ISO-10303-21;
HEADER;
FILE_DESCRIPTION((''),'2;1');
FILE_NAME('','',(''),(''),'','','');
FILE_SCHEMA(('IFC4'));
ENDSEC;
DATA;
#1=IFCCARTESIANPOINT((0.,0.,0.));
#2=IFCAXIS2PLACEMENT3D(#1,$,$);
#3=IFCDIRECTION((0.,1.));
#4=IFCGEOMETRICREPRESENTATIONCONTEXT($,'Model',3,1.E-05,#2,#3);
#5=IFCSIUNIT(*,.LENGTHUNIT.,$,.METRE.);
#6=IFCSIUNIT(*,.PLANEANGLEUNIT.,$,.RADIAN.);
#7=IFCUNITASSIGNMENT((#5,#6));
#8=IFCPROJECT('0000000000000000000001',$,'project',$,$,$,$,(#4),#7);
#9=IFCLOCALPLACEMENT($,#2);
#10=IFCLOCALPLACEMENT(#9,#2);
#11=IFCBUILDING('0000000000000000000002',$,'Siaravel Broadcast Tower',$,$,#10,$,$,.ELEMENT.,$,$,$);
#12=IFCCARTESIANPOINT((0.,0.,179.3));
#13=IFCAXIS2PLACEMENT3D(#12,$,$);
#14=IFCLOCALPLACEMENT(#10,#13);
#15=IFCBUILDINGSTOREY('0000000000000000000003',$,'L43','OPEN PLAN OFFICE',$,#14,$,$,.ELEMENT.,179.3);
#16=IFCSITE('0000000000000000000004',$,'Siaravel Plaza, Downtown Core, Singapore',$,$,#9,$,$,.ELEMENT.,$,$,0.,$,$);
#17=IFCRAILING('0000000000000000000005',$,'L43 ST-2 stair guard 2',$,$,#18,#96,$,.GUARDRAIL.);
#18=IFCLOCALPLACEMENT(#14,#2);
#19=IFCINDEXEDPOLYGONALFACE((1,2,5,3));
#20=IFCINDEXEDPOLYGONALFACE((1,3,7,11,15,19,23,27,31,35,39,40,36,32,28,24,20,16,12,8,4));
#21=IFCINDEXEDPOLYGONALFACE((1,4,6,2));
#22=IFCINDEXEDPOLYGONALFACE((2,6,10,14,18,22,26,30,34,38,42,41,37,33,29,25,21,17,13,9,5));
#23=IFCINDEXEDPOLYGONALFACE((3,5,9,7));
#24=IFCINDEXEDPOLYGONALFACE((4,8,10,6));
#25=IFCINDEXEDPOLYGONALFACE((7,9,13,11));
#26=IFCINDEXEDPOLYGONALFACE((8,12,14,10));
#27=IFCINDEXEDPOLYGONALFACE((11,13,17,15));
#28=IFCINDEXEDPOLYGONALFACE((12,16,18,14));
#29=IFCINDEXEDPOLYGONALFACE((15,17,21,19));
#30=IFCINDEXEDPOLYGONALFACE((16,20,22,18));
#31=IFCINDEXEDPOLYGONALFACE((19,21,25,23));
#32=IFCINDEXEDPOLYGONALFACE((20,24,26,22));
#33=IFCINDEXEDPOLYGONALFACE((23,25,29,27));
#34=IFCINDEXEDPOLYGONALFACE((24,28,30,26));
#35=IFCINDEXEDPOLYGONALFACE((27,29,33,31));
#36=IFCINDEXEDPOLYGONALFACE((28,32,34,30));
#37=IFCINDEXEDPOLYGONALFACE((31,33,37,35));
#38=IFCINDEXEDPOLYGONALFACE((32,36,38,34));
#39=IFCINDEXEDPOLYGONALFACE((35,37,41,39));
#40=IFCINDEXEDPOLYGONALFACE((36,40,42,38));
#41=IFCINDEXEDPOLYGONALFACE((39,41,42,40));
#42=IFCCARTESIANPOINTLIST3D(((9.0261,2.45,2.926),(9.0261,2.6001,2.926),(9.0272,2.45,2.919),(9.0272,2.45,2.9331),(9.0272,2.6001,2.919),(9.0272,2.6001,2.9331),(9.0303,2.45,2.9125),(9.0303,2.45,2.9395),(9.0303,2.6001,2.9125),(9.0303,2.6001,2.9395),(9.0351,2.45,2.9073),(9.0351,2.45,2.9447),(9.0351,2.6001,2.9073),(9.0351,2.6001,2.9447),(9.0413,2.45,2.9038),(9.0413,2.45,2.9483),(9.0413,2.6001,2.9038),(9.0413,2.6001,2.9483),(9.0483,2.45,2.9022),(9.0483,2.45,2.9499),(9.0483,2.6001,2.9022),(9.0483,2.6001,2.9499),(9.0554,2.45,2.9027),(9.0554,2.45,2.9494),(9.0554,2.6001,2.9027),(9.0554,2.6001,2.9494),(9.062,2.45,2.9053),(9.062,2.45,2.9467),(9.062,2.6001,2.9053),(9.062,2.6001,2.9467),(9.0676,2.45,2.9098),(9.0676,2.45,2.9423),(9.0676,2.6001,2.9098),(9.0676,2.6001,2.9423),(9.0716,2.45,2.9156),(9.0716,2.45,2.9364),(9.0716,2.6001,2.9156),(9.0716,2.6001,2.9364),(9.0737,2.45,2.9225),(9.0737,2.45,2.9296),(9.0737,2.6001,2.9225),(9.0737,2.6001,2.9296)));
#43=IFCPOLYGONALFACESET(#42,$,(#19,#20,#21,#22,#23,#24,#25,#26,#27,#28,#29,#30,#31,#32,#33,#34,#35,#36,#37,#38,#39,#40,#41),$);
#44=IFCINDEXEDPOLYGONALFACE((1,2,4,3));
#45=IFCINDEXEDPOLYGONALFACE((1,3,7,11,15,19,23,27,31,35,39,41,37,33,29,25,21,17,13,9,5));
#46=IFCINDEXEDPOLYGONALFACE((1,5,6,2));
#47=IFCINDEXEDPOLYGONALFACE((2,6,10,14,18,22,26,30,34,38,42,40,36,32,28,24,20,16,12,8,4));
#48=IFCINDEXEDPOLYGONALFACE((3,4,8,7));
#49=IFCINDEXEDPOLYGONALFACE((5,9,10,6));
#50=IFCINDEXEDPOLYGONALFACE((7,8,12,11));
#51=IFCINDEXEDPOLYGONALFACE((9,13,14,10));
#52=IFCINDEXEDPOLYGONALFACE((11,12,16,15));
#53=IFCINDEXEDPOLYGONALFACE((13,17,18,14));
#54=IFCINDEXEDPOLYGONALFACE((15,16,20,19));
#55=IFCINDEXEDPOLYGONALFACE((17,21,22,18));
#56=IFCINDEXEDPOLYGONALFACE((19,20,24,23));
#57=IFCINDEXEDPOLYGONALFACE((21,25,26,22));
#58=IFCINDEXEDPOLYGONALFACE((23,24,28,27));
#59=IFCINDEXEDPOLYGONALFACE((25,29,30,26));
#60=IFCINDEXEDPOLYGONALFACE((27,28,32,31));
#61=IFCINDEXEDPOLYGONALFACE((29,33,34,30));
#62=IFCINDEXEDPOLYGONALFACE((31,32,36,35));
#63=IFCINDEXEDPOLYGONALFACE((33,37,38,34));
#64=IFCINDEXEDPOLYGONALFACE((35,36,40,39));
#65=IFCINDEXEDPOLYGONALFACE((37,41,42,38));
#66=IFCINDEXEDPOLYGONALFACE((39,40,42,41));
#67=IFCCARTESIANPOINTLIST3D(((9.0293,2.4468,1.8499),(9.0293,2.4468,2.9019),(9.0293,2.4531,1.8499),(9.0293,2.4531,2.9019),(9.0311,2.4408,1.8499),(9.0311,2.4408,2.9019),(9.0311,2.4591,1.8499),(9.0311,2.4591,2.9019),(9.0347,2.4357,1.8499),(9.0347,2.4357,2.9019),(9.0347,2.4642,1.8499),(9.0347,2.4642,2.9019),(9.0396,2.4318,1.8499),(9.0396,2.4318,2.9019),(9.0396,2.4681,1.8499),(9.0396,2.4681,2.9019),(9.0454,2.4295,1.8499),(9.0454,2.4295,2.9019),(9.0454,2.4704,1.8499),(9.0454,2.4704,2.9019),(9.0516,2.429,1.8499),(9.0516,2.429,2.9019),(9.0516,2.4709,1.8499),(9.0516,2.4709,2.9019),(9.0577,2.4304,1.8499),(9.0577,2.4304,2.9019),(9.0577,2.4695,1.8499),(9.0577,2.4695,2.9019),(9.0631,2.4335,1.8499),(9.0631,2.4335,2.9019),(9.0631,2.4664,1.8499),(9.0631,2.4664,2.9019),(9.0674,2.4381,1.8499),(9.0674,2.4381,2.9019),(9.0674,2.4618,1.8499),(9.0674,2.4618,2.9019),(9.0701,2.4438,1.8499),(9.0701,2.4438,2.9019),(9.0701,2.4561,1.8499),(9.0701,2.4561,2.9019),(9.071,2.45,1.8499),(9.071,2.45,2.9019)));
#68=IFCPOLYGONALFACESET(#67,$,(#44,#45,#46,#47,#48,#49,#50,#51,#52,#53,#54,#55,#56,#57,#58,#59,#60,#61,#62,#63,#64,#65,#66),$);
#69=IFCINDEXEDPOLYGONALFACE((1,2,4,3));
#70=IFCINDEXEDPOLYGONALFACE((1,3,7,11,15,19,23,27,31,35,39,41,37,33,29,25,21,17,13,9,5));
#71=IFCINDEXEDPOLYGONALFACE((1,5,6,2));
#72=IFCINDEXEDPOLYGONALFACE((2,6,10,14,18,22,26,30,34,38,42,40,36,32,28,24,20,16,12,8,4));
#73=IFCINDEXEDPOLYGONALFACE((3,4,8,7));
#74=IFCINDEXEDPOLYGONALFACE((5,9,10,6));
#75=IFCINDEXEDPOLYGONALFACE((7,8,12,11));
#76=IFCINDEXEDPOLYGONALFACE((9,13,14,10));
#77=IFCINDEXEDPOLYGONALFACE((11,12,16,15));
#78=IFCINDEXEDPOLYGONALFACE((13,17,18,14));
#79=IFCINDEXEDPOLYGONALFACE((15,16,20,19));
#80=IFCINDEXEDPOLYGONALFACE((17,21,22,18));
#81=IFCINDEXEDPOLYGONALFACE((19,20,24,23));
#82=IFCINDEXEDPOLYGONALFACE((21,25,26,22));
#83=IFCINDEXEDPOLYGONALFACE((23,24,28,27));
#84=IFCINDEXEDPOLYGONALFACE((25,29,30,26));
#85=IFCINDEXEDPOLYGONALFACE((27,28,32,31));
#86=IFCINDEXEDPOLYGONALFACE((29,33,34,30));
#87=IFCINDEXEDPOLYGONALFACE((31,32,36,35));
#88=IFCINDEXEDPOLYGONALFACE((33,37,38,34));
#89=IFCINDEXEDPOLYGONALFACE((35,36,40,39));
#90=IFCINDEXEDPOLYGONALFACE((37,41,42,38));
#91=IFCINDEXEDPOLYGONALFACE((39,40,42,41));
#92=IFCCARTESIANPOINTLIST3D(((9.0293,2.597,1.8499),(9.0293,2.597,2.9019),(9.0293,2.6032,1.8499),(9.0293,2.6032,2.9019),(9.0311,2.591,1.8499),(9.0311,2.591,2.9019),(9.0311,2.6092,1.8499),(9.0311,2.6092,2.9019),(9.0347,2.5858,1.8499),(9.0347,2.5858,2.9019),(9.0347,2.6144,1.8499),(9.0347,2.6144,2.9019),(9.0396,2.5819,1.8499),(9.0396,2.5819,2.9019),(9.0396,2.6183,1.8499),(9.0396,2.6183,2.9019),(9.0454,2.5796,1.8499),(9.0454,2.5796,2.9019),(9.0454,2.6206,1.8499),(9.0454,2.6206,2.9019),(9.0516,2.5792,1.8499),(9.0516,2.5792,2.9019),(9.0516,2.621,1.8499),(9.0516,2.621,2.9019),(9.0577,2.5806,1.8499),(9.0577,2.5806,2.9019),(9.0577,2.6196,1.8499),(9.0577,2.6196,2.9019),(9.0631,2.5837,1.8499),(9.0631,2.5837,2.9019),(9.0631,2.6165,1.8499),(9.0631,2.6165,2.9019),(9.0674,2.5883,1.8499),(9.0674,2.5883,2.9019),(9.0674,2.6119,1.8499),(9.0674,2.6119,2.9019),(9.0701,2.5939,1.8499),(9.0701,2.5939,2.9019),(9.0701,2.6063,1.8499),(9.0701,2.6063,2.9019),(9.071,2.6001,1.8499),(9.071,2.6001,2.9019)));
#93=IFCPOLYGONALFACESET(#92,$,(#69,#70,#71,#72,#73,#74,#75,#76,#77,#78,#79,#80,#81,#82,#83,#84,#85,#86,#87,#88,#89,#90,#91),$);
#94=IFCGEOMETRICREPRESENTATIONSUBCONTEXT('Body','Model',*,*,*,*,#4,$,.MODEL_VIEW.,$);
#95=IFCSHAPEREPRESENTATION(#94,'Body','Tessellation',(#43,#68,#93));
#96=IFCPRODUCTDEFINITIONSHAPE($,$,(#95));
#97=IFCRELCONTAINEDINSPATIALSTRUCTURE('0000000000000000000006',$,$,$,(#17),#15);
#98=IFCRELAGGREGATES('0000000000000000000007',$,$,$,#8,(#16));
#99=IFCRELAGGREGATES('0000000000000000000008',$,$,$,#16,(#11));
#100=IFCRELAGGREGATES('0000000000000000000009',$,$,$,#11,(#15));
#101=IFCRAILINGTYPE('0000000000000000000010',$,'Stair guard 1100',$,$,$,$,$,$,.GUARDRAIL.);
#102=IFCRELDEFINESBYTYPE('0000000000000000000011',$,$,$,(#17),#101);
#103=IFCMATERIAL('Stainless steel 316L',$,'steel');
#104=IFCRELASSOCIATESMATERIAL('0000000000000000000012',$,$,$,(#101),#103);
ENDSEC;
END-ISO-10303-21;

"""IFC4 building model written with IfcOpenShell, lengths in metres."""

from ifc_helpers import new_model, si_unit, direction, frame, origin, origin_2d, place, context, subcontext, project, spatial, circle, extrude, material, type_object, element, save


model = new_model("IFC4")

# Units and contexts
model_context = context("Model", 3, precision=1e-05, world=origin(), true_north=direction((0.0, 1.0)))
body_context = subcontext(model_context, "Body", "Model", "MODEL_VIEW")
ifc_project = project(units=[si_unit("LENGTHUNIT", "METRE"), si_unit("PLANEANGLEUNIT", "RADIAN")], contexts=[model_context])

# Site, building, storey
site_placement = place(None, origin())
site = spatial("IfcSite", under=ifc_project, at=site_placement, Name="Siaravel Plaza, Downtown Core, Singapore", CompositionType="ELEMENT", RefElevation=0.0)
building_placement = place(site_placement, origin())
building = spatial("IfcBuilding", under=site, at=building_placement, Name="Siaravel Broadcast Tower", CompositionType="ELEMENT")
storey_placement = place(building_placement, frame((0.0, 0.0, 179.3)))
storey = spatial("IfcBuildingStorey", under=building, at=storey_placement, Name="L43", Description="OPEN PLAN OFFICE", CompositionType="ELEMENT", Elevation=179.3)

# Railing
ifc_material_1 = material(Name="Stainless steel 316L", Category="steel")
railing_type_1 = type_object("IfcRailingType", Name="Stair guard 1100", PredefinedType="GUARDRAIL", material=ifc_material_1)
railing_1_placement = place(storey_placement, frame((9.05, 2.45, 1.8499)))
element("IfcRailing", 1, at=railing_1_placement, inside=storey, type_object=railing_type_1, Name="L43 ST-2 stair guard 2", PredefinedType="GUARDRAIL", context=body_context, shape_type="SweptSolid", body=[
    extrude(circle(Radius=0.0239, at=origin_2d()), frame((0.0, 0.0, 1.0762), z_axis=(0.0, 1.0, 0.0), x_axis=(-1.0, 0.0, 0.0)), (0.0, 0.0, 1.0), 0.1501),
    extrude(circle(Radius=0.021, at=origin_2d()), origin(), (0.0, 0.0, 1.0), 1.052),
    extrude(circle(Radius=0.021, at=origin_2d()), frame((0.0, 0.1501, 0.0)), (0.0, 0.0, 1.0), 1.052),
])

save(model, "model.ifc")
